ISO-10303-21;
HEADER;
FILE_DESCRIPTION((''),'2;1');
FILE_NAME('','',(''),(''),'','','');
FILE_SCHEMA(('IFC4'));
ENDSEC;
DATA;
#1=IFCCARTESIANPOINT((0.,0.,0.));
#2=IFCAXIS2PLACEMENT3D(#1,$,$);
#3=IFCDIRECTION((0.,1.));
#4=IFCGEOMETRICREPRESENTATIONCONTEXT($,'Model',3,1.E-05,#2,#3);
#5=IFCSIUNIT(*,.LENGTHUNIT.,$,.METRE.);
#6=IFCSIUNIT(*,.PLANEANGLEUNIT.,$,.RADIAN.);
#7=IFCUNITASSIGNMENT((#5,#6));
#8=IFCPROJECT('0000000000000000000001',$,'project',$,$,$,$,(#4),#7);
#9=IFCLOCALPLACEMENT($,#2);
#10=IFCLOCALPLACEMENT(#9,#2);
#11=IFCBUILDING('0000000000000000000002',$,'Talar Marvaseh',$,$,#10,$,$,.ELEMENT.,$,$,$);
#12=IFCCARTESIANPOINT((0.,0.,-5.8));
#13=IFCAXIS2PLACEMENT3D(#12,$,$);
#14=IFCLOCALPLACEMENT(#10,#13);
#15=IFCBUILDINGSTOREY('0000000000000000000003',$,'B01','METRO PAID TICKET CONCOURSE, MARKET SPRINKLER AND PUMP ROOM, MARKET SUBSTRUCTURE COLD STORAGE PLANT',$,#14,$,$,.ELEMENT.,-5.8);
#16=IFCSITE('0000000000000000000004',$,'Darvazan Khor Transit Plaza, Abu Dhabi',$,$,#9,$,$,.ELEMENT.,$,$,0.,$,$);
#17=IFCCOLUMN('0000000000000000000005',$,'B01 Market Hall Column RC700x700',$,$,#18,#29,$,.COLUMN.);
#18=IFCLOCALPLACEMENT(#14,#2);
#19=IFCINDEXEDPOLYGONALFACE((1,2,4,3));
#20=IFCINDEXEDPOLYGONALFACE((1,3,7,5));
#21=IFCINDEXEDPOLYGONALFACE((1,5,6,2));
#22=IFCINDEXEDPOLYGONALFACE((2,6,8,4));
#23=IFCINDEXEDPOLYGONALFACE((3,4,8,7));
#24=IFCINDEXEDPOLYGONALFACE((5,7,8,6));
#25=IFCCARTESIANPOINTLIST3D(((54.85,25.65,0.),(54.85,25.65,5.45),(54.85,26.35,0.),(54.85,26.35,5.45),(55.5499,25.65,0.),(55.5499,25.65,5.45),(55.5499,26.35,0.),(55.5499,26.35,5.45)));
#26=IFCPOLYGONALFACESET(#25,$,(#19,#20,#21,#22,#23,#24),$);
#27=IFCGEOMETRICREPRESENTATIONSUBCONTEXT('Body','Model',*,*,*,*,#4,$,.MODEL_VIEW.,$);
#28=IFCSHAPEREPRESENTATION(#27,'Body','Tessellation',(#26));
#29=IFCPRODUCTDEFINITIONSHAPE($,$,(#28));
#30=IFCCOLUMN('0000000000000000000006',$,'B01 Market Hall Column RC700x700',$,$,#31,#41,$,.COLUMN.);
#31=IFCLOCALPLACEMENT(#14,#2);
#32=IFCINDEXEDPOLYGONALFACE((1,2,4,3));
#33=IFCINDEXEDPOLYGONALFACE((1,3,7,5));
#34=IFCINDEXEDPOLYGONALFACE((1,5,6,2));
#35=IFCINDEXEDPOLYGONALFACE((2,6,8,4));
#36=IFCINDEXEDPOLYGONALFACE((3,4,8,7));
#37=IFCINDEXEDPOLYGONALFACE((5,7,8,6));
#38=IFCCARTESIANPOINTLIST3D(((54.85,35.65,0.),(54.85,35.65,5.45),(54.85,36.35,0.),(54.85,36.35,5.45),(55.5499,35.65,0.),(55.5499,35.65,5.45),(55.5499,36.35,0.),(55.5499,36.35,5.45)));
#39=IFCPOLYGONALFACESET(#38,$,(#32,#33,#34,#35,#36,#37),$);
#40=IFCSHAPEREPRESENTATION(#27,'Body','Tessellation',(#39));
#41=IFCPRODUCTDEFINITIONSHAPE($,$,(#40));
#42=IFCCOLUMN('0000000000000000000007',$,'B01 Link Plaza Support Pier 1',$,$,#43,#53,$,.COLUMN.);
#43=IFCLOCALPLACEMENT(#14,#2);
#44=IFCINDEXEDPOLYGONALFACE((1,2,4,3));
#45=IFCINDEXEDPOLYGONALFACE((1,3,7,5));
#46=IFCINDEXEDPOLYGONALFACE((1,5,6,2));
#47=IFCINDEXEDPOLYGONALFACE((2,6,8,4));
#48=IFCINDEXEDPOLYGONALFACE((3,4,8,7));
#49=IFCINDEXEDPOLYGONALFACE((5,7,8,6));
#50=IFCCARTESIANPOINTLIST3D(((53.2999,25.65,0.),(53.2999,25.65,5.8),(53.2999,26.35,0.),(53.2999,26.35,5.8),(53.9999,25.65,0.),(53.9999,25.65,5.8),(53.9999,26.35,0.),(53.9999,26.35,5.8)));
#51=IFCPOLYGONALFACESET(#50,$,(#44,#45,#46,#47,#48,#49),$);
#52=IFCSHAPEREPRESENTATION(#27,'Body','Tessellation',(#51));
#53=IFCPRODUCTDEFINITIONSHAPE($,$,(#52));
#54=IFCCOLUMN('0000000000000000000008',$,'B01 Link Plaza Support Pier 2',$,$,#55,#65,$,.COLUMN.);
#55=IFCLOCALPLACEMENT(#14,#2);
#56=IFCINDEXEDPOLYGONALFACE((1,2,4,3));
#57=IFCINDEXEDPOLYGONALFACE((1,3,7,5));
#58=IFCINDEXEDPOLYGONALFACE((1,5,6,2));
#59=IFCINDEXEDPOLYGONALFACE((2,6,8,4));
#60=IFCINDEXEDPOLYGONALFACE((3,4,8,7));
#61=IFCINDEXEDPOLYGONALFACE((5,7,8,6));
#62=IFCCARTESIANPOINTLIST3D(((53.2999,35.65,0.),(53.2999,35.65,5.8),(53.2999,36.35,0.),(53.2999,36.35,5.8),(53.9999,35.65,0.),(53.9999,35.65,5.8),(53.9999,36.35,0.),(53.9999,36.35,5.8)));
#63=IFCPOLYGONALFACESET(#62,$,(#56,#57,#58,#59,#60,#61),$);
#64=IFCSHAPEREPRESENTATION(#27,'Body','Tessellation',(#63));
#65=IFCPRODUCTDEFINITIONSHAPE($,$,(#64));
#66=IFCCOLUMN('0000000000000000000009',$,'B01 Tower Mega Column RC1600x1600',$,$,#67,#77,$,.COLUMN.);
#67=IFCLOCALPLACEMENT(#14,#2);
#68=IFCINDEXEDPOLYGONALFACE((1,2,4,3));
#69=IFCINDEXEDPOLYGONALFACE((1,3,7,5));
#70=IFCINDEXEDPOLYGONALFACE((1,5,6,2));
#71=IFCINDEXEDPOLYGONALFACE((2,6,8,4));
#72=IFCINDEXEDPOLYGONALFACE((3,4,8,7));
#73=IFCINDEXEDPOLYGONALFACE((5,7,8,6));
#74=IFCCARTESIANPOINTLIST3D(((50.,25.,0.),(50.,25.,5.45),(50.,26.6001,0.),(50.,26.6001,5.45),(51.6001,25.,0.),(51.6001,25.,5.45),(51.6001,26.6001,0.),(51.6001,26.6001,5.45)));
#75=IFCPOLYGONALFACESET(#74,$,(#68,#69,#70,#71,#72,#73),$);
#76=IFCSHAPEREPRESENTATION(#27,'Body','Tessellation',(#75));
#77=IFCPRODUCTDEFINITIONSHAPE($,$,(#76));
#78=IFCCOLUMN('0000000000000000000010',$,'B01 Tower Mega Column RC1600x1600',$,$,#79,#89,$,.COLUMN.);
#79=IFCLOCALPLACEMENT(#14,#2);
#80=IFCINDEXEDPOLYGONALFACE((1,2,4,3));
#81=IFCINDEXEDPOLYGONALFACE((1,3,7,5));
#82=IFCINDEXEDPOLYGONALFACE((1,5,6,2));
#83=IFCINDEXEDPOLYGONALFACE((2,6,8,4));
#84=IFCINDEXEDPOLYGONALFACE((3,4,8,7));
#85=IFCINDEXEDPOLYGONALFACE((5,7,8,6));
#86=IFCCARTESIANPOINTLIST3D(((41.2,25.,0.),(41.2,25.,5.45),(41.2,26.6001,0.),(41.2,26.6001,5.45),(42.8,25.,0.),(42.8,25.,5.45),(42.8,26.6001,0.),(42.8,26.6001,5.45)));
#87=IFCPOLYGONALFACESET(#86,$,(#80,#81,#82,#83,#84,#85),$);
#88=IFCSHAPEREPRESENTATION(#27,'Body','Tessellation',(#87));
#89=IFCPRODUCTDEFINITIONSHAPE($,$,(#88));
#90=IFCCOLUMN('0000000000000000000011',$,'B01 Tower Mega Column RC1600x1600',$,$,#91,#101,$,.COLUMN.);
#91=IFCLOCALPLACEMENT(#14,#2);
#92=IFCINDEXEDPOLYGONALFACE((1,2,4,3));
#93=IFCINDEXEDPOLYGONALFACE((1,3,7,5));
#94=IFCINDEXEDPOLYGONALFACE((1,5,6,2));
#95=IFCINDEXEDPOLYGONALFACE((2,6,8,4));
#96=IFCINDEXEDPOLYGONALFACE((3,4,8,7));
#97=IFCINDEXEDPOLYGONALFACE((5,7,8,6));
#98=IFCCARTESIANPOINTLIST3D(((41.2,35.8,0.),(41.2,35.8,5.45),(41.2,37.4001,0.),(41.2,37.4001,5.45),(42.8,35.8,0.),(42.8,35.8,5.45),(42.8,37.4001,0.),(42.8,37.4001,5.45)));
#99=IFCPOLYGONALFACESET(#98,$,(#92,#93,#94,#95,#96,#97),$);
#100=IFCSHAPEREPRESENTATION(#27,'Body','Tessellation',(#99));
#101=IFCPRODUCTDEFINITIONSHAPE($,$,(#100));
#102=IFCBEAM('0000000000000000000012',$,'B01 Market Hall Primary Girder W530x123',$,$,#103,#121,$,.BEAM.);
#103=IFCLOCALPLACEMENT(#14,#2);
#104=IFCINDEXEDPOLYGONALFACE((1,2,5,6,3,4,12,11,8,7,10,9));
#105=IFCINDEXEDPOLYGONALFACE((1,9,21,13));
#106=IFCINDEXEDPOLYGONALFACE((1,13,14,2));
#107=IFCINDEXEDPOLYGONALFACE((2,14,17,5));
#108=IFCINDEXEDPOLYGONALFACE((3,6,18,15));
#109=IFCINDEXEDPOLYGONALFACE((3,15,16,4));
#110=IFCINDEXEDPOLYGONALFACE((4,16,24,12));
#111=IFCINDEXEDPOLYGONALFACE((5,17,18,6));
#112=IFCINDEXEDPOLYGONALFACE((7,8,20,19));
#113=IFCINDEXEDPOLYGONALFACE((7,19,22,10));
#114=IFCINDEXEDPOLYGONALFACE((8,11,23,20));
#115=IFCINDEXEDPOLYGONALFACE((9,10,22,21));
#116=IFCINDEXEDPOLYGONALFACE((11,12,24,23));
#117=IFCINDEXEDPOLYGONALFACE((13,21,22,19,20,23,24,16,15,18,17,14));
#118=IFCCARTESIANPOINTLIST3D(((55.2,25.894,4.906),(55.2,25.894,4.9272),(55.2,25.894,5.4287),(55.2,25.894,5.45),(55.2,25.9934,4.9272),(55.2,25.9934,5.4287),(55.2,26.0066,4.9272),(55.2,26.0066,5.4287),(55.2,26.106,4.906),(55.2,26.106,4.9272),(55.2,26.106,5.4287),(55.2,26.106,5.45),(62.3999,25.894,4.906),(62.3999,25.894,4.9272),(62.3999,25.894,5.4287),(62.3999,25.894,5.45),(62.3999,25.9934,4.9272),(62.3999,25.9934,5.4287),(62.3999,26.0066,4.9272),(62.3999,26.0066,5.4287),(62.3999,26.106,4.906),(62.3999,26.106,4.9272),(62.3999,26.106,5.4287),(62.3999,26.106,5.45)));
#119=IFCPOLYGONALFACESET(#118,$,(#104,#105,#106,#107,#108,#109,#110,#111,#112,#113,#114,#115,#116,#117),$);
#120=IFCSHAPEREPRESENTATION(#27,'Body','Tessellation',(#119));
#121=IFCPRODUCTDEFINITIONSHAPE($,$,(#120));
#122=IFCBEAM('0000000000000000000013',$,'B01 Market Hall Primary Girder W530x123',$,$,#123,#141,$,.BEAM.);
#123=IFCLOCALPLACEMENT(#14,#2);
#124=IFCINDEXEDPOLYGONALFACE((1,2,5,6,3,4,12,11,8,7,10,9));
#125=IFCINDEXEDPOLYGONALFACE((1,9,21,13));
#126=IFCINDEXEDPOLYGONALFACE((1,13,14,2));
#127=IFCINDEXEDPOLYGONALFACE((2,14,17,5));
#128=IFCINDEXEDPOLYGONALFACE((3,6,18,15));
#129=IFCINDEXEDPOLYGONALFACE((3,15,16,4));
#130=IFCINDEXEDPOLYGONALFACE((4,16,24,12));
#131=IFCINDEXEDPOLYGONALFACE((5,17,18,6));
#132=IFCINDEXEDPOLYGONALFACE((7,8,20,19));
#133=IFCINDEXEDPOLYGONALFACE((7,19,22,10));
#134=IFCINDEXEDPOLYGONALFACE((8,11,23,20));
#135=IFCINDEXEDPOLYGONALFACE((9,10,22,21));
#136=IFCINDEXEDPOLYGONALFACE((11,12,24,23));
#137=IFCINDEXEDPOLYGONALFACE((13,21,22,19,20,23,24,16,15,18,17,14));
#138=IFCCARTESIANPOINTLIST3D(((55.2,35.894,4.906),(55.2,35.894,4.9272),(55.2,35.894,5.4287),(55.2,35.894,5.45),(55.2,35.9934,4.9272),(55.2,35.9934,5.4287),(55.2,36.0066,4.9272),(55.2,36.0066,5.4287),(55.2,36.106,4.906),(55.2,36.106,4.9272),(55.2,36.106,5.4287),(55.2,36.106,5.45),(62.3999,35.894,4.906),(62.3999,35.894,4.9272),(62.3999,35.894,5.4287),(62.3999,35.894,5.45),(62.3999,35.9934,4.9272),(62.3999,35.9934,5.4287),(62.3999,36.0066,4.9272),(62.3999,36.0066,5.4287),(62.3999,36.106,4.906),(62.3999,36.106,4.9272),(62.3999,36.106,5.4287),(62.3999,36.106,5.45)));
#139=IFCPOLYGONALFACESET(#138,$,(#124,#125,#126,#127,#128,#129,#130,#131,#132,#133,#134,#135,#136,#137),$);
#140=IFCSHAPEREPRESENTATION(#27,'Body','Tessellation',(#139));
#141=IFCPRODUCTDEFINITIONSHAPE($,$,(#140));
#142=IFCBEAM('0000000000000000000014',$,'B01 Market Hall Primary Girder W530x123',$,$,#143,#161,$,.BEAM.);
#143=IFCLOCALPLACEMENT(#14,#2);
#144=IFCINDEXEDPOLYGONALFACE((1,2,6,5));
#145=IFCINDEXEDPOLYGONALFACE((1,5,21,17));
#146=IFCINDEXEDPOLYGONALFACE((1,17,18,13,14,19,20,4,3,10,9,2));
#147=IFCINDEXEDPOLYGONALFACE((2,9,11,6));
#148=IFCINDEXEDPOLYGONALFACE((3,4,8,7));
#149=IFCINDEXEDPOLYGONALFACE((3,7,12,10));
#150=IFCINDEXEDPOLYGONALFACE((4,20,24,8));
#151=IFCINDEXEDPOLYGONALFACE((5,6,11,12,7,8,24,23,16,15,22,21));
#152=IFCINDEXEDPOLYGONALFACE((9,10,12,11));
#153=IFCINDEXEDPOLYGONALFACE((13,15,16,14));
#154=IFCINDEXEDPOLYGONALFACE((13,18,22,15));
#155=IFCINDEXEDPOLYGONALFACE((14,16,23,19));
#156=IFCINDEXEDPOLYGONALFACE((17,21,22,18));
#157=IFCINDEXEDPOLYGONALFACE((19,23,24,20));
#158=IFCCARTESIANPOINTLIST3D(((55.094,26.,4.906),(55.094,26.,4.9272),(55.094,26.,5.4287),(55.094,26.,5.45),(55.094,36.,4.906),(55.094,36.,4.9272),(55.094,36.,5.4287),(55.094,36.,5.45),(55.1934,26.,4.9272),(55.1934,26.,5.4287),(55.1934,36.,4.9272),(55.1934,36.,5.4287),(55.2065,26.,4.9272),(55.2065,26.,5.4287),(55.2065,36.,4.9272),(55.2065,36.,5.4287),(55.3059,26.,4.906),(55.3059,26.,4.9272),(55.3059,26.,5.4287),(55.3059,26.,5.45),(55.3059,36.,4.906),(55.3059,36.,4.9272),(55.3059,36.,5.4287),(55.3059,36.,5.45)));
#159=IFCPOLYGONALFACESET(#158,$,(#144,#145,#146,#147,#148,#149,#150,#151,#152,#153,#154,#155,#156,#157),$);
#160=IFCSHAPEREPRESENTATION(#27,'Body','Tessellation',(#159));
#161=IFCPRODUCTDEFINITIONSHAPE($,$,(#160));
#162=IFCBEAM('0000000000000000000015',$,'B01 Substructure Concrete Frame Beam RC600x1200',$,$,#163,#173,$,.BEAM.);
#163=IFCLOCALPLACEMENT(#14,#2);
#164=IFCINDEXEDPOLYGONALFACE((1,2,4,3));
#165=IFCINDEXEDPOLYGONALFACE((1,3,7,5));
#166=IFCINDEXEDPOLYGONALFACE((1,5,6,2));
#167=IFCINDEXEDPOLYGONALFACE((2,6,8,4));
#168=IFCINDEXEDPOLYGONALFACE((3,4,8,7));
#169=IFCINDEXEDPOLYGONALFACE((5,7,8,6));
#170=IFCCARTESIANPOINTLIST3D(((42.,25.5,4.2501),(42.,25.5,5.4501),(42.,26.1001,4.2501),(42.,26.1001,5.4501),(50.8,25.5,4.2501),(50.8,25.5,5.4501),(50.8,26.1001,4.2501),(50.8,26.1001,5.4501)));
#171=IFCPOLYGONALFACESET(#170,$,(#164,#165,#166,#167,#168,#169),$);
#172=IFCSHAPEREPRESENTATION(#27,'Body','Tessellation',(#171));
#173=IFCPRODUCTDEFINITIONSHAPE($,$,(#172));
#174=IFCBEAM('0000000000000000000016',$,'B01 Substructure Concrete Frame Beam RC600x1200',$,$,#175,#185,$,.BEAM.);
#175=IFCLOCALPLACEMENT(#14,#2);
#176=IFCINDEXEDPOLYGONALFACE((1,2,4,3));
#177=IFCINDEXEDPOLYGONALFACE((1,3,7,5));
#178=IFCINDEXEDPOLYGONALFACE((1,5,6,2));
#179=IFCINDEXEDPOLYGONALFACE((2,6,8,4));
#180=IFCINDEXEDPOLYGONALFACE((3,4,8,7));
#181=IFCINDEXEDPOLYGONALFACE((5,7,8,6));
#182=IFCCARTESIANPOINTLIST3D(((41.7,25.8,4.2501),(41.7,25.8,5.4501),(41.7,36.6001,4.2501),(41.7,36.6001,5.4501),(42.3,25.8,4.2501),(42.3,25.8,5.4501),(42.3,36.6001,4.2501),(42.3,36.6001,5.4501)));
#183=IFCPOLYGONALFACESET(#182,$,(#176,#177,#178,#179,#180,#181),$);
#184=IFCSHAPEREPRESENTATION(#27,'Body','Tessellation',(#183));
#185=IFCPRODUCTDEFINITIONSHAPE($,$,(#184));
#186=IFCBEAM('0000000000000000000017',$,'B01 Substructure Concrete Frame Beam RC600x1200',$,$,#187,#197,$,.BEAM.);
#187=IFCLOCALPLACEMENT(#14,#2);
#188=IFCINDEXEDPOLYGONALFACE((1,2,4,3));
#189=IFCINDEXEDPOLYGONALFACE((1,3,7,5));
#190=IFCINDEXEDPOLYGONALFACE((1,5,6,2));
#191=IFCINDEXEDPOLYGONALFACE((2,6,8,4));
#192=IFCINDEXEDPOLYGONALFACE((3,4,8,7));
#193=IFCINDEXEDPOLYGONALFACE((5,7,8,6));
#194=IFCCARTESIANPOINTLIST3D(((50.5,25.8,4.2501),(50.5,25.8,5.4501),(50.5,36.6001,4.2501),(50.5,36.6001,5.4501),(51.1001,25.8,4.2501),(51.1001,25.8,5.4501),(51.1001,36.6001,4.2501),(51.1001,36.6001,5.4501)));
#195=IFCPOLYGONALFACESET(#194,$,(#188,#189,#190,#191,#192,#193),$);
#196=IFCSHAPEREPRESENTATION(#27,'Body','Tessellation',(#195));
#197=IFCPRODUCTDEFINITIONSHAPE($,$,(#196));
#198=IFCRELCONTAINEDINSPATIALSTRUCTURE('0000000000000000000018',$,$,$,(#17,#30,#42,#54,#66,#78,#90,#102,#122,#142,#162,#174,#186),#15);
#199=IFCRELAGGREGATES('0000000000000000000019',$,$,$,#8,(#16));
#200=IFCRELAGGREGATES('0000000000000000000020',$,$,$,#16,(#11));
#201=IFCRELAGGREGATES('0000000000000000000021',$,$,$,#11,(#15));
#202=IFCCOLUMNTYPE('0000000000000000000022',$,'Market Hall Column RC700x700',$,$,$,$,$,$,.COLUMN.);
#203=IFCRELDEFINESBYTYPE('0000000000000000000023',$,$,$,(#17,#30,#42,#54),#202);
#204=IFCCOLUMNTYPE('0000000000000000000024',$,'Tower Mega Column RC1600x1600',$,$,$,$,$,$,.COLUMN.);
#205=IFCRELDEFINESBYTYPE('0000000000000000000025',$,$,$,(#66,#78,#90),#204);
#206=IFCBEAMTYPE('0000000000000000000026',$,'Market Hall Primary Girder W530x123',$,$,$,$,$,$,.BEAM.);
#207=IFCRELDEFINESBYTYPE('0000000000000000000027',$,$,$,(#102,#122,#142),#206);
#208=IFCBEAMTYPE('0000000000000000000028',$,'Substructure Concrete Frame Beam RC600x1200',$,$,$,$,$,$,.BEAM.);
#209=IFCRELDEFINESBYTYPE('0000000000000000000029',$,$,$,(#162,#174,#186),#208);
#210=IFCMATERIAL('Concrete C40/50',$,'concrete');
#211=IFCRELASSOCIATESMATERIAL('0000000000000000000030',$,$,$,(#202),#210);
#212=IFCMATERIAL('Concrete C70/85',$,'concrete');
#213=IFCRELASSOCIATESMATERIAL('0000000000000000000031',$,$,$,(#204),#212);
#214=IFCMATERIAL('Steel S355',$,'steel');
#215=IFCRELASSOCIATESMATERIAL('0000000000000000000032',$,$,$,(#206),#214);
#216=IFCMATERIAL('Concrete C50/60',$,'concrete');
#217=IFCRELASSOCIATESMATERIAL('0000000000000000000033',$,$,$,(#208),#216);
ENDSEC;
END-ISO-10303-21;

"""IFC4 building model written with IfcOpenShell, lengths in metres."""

from ifc_helpers import new_model, si_unit, direction, frame, origin, origin_2d, place, context, subcontext, project, spatial, rectangle, i_section, extrude, material, material_profile, profile_set, type_object, element, save


model = new_model("IFC4")

# Units and contexts
model_context = context("Model", 3, precision=1e-05, world=origin(), true_north=direction((0.0, 1.0)))
body_context = subcontext(model_context, "Body", "Model", "MODEL_VIEW")
ifc_project = project(units=[si_unit("LENGTHUNIT", "METRE"), si_unit("PLANEANGLEUNIT", "RADIAN")], contexts=[model_context])

# Site, building, storey
site_placement = place(None, origin())
site = spatial("IfcSite", under=ifc_project, at=site_placement, Name="Darvazan Khor Transit Plaza, Abu Dhabi", CompositionType="ELEMENT", RefElevation=0.0)
building_placement = place(site_placement, origin())
building = spatial("IfcBuilding", under=site, at=building_placement, Name="Talar Marvaseh", CompositionType="ELEMENT")
storey_placement = place(building_placement, frame((0.0, 0.0, -5.8)))
storey = spatial("IfcBuildingStorey", under=building, at=storey_placement, Name="B01", Description="METRO PAID TICKET CONCOURSE, MARKET SPRINKLER AND PUMP ROOM, MARKET SUBSTRUCTURE COLD STORAGE PLANT", CompositionType="ELEMENT", Elevation=-5.8)

# Columns
ifc_material_1 = material(Name="Concrete C40/50", Category="concrete")
ifc_material_profile_1 = material_profile(ifc_material_1, rectangle(XDim=0.7, YDim=0.7, at=origin_2d()), Name="RC700x700")
ifc_profile_set_1 = profile_set([ifc_material_profile_1], Name="Concrete C40/50")
column_type_1 = type_object("IfcColumnType", Name="Market Hall Column RC700x700", PredefinedType="COLUMN", material=ifc_profile_set_1)
for number, where, z_axis, x_axis, name in (
    (1, (55.2, 26.0, 0.0), (0.0, 0.0, 1.0), (1.0, 0.0, 0.0), "B01 Market Hall Column RC700x700"),
    (2, (55.2, 36.0, 0.0), (0.0, 0.0, 1.0), (1.0, 0.0, 0.0), "B01 Market Hall Column RC700x700"),
):
    element("IfcColumn", number, at=place(storey_placement, frame(where, z_axis=z_axis, x_axis=x_axis)), inside=storey, type_object=column_type_1, Name=name, PredefinedType="COLUMN", context=body_context, shape_type="SweptSolid", body=[
        extrude(rectangle(XDim=0.7, YDim=0.7, at=origin_2d()), origin(), (0.0, 0.0, 1.0), 5.45),
    ])
for number, where, z_axis, x_axis, name in (
    (3, (53.6499, 26.0, 0.0), (0.0, 0.0, 1.0), (1.0, 0.0, 0.0), "B01 Link Plaza Support Pier 1"),
    (4, (53.6499, 36.0, 0.0), (0.0, 0.0, 1.0), (1.0, 0.0, 0.0), "B01 Link Plaza Support Pier 2"),
):
    element("IfcColumn", number, at=place(storey_placement, frame(where, z_axis=z_axis, x_axis=x_axis)), inside=storey, type_object=column_type_1, Name=name, PredefinedType="COLUMN", context=body_context, shape_type="SweptSolid", body=[
        extrude(rectangle(XDim=0.7, YDim=0.7, at=origin_2d()), origin(), (0.0, 0.0, 1.0), 5.8),
    ])
ifc_material_2 = material(Name="Concrete C70/85", Category="concrete")
ifc_material_profile_2 = material_profile(ifc_material_2, rectangle(XDim=1.6001, YDim=1.6001, at=origin_2d()), Name="RC1600x1600")
ifc_profile_set_2 = profile_set([ifc_material_profile_2], Name="Concrete C70/85")
column_type_2 = type_object("IfcColumnType", Name="Tower Mega Column RC1600x1600", PredefinedType="COLUMN", material=ifc_profile_set_2)
for number, where, z_axis, x_axis, name in (
    (5, (50.8, 25.8, 0.0), (0.0, 0.0, 1.0), (1.0, 0.0, 0.0), "B01 Tower Mega Column RC1600x1600"),
    (6, (42.0, 25.8, 0.0), (0.0, 0.0, 1.0), (1.0, 0.0, 0.0), "B01 Tower Mega Column RC1600x1600"),
    (7, (42.0, 36.6001, 0.0), (0.0, 0.0, 1.0), (1.0, 0.0, 0.0), "B01 Tower Mega Column RC1600x1600"),
):
    element("IfcColumn", number, at=place(storey_placement, frame(where, z_axis=z_axis, x_axis=x_axis)), inside=storey, type_object=column_type_2, Name=name, PredefinedType="COLUMN", context=body_context, shape_type="SweptSolid", body=[
        extrude(rectangle(XDim=1.6001, YDim=1.6001, at=origin_2d()), origin(), (0.0, 0.0, 1.0), 5.45),
    ])

# Beams
ifc_material_3 = material(Name="Steel S355", Category="steel")
ifc_material_profile_3 = material_profile(ifc_material_3, i_section(OverallWidth=0.2119, OverallDepth=0.5439, WebThickness=0.0132, FlangeThickness=0.0212, at=origin_2d()), Name="W530x123")
ifc_profile_set_3 = profile_set([ifc_material_profile_3], Name="Steel S355")
beam_type_1 = type_object("IfcBeamType", Name="Market Hall Primary Girder W530x123", PredefinedType="BEAM", material=ifc_profile_set_3)
for number, where, z_axis, x_axis, name in (
    (8, (55.2, 26.0, 5.178), (1.0, 0.0, 0.0), (0.0, 1.0, 0.0), "B01 Market Hall Primary Girder W530x123"),
    (9, (55.2, 36.0, 5.178), (1.0, 0.0, 0.0), (0.0, 1.0, 0.0), "B01 Market Hall Primary Girder W530x123"),
):
    element("IfcBeam", number, at=place(storey_placement, frame(where, z_axis=z_axis, x_axis=x_axis)), inside=storey, type_object=beam_type_1, Name=name, PredefinedType="BEAM", context=body_context, shape_type="SweptSolid", body=[
        extrude(i_section(OverallWidth=0.2119, OverallDepth=0.5439, WebThickness=0.0132, FlangeThickness=0.0212, at=origin_2d()), origin(), (0.0, 0.0, 1.0), 7.2),
    ])
beam_1_placement = place(storey_placement, frame((55.2, 26.0, 5.178), z_axis=(0.0, 1.0, 0.0), x_axis=(-1.0, 0.0, 0.0)))
element("IfcBeam", 10, at=beam_1_placement, inside=storey, type_object=beam_type_1, Name="B01 Market Hall Primary Girder W530x123", PredefinedType="BEAM", context=body_context, shape_type="SweptSolid", body=[
    extrude(i_section(OverallWidth=0.2119, OverallDepth=0.5439, WebThickness=0.0132, FlangeThickness=0.0212, at=origin_2d()), origin(), (0.0, 0.0, 1.0), 10.0),
])
ifc_material_4 = material(Name="Concrete C50/60", Category="concrete")
ifc_material_profile_4 = material_profile(ifc_material_4, rectangle(XDim=0.6001, YDim=1.2, at=origin_2d()), Name="RC600x1200")
ifc_profile_set_4 = profile_set([ifc_material_profile_4], Name="Concrete C50/60")
beam_type_2 = type_object("IfcBeamType", Name="Substructure Concrete Frame Beam RC600x1200", PredefinedType="BEAM", material=ifc_profile_set_4)
beam_2_placement = place(storey_placement, frame((42.0, 25.8, 4.8501), z_axis=(1.0, 0.0, 0.0), x_axis=(0.0, 1.0, 0.0)))
element("IfcBeam", 11, at=beam_2_placement, inside=storey, type_object=beam_type_2, Name="B01 Substructure Concrete Frame Beam RC600x1200", PredefinedType="BEAM", context=body_context, shape_type="SweptSolid", body=[
    extrude(rectangle(XDim=0.6001, YDim=1.2, at=origin_2d()), origin(), (0.0, 0.0, 1.0), 8.8),
])
for number, where, z_axis, x_axis, name in (
    (12, (42.0, 25.8, 4.8501), (0.0, 1.0, 0.0), (-1.0, 0.0, 0.0), "B01 Substructure Concrete Frame Beam RC600x1200"),
    (13, (50.8, 25.8, 4.8501), (0.0, 1.0, 0.0), (-1.0, 0.0, 0.0), "B01 Substructure Concrete Frame Beam RC600x1200"),
):
    element("IfcBeam", number, at=place(storey_placement, frame(where, z_axis=z_axis, x_axis=x_axis)), inside=storey, type_object=beam_type_2, Name=name, PredefinedType="BEAM", context=body_context, shape_type="SweptSolid", body=[
        extrude(rectangle(XDim=0.6001, YDim=1.2, at=origin_2d()), origin(), (0.0, 0.0, 1.0), 10.8),
    ])

save(model, "model.ifc")
